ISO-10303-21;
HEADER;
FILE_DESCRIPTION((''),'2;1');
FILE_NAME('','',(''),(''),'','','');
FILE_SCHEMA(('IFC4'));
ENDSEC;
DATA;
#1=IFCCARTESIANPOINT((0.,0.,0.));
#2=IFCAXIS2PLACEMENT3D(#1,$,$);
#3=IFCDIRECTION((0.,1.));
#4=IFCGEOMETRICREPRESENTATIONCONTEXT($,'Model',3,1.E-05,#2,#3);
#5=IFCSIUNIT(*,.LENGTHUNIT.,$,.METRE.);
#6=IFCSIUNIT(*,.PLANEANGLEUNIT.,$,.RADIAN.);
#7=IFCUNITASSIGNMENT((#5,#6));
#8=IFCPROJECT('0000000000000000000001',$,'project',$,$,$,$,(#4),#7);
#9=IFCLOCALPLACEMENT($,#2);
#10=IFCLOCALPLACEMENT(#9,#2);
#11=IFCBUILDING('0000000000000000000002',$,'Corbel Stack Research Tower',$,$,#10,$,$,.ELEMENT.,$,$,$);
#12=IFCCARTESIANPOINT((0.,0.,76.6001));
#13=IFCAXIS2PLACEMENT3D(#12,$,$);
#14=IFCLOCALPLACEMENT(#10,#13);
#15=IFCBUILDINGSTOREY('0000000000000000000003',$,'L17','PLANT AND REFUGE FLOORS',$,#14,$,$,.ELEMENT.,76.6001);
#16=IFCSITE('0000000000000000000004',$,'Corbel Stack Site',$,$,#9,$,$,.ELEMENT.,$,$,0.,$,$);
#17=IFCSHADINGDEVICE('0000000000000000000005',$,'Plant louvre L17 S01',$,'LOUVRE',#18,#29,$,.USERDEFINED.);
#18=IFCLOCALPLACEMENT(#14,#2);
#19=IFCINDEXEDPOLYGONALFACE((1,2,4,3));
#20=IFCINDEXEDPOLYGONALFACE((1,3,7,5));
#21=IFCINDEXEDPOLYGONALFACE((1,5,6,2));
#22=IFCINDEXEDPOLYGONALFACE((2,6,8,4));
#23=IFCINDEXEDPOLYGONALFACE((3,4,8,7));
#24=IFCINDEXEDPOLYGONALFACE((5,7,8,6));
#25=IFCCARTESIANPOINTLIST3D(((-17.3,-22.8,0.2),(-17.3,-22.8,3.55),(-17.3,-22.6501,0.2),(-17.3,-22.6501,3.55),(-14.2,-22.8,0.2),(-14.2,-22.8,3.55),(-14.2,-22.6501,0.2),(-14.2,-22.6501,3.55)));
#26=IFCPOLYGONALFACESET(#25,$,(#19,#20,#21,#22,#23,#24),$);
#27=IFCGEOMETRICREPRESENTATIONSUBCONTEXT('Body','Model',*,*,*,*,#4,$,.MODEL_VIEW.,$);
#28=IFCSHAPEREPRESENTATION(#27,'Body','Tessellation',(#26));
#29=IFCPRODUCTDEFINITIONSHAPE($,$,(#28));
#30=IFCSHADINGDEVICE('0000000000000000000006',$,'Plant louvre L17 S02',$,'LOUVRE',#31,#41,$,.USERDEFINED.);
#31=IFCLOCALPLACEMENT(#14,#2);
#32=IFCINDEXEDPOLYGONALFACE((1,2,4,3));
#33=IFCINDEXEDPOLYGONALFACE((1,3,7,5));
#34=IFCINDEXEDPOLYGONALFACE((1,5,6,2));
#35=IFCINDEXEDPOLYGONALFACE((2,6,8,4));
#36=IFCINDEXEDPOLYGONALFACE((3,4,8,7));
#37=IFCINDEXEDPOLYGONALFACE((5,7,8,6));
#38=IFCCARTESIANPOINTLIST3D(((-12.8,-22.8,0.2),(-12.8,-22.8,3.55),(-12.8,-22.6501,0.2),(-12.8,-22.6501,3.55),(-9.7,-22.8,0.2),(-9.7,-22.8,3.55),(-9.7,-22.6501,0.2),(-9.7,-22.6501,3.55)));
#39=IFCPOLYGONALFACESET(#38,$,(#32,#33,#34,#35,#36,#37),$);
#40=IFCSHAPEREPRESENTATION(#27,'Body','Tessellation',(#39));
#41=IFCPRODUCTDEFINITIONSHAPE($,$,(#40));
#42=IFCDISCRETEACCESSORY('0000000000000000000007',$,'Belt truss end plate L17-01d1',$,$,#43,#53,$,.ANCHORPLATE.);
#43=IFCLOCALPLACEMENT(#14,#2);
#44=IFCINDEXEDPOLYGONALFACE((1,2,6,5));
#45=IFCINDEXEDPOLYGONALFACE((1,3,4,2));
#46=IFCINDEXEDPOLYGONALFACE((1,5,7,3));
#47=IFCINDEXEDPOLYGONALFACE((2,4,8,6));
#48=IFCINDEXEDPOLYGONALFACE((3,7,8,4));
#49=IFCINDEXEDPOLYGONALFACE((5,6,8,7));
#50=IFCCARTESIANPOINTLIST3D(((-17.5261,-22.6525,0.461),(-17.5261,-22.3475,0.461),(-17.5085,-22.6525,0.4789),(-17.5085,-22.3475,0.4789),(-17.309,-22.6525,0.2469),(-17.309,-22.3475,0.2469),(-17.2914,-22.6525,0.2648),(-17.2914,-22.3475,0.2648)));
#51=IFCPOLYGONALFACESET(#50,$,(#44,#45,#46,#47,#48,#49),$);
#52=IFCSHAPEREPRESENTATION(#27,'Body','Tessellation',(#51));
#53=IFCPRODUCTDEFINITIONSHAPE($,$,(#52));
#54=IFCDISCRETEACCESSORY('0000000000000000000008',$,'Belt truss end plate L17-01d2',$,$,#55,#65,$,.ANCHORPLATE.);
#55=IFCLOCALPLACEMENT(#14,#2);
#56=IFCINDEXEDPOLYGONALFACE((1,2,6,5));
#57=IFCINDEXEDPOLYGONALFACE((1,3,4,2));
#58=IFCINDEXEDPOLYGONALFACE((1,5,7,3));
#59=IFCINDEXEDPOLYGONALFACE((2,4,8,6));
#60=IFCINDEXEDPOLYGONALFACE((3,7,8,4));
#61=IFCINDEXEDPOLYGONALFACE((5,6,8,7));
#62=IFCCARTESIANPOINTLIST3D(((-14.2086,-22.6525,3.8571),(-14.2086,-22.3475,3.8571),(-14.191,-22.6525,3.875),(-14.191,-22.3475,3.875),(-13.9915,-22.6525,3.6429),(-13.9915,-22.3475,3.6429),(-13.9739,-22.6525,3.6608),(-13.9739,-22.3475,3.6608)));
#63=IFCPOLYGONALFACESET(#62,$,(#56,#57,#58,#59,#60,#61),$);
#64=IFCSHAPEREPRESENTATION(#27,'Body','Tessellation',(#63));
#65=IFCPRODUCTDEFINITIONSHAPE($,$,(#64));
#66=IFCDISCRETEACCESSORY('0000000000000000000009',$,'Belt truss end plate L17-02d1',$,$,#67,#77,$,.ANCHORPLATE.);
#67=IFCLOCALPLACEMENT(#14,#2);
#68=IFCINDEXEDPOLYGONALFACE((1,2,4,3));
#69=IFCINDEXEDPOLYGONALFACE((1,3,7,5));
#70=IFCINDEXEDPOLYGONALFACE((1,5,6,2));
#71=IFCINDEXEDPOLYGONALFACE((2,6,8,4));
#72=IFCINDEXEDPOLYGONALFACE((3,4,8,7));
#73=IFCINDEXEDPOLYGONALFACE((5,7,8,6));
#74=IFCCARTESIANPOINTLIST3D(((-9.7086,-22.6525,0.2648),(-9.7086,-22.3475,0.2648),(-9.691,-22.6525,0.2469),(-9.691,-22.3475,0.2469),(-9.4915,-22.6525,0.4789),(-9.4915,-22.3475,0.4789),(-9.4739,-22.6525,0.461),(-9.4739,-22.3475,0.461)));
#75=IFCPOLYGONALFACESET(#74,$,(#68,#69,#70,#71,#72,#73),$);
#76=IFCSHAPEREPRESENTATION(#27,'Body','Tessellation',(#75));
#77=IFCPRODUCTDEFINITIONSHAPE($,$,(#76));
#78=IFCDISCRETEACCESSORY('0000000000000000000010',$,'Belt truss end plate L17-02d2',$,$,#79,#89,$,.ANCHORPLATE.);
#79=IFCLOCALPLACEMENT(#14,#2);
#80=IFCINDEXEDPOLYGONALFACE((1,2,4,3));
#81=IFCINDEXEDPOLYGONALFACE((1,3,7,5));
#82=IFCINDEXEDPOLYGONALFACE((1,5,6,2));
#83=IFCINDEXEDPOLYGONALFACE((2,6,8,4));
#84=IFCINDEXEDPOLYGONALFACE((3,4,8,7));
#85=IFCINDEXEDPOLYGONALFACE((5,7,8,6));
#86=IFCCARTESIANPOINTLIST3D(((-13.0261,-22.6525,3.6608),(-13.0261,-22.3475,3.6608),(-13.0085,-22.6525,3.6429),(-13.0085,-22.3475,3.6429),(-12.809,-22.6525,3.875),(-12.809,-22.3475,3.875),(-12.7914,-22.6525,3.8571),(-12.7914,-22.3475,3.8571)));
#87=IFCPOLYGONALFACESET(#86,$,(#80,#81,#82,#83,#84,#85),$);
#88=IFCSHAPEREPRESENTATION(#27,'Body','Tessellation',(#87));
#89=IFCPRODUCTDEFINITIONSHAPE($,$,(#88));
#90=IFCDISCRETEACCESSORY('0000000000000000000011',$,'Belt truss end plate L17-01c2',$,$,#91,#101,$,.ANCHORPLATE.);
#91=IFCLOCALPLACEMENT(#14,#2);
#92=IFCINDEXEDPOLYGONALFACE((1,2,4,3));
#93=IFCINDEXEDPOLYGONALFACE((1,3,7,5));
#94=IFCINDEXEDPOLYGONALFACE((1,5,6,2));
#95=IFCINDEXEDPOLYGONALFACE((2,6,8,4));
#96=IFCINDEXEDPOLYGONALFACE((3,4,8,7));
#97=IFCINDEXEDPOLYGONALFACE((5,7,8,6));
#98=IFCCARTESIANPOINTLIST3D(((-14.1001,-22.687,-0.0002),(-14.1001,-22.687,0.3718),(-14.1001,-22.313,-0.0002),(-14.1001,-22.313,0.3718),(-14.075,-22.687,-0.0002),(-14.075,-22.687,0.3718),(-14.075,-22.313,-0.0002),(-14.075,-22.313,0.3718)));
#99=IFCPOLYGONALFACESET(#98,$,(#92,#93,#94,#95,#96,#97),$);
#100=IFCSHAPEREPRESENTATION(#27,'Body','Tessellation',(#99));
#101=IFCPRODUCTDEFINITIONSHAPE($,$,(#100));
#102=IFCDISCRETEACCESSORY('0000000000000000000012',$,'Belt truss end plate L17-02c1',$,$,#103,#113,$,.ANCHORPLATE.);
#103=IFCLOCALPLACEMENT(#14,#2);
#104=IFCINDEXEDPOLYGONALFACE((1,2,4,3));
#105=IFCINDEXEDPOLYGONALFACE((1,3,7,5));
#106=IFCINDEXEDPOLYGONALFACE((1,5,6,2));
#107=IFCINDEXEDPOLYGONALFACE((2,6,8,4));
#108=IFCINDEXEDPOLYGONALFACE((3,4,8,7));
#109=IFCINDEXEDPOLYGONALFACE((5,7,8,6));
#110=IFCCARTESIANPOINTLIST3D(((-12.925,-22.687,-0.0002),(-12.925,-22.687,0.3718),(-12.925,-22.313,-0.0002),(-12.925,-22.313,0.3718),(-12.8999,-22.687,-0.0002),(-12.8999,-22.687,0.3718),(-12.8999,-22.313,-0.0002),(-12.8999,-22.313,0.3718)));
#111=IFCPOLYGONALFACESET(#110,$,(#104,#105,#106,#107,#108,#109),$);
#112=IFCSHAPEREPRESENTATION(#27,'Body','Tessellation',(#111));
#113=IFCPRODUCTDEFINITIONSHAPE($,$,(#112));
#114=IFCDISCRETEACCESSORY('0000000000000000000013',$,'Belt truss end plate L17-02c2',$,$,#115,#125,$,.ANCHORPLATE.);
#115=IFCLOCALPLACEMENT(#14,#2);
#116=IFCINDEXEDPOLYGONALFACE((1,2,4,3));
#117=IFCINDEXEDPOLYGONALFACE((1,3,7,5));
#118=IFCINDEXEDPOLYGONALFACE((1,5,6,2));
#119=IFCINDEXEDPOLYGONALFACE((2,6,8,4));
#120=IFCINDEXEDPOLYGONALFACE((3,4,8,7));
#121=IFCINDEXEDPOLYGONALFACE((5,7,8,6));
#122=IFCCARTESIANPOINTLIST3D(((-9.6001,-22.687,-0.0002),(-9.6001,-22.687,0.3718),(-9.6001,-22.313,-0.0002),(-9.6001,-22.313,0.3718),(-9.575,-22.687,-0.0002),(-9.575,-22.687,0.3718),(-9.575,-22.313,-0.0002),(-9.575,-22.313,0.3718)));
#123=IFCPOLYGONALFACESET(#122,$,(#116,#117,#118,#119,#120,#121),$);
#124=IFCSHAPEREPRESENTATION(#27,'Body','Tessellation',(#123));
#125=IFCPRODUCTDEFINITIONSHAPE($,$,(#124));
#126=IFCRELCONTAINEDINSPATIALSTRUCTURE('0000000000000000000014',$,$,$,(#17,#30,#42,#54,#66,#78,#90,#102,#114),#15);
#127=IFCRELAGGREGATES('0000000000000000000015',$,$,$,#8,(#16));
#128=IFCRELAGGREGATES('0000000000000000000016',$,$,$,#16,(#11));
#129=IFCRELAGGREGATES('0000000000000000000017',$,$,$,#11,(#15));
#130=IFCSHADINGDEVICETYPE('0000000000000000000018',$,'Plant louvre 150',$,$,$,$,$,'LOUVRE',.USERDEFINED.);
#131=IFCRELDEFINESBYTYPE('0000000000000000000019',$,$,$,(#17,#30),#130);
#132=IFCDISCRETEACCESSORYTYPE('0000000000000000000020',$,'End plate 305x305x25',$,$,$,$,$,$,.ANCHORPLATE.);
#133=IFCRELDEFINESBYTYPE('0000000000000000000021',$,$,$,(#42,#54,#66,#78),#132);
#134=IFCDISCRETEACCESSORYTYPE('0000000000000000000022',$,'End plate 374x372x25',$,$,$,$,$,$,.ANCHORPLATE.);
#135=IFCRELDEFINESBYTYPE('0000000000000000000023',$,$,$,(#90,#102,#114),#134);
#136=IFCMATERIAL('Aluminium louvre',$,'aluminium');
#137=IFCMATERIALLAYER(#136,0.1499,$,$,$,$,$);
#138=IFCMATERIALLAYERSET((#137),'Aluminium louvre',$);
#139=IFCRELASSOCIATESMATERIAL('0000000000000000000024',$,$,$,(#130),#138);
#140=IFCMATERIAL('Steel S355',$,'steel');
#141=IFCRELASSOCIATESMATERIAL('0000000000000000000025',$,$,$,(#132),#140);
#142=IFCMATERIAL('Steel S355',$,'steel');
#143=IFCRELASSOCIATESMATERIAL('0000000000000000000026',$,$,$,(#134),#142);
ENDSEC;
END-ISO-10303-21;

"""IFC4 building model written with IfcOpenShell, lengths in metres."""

from ifc_helpers import new_model, si_unit, direction, frame, origin, origin_2d, place, context, subcontext, project, spatial, rectangle, extrude, material, layer, layer_set, material_profile, profile_set, type_object, element, save


model = new_model("IFC4")

# Units and contexts
model_context = context("Model", 3, precision=1e-05, world=origin(), true_north=direction((0.0, 1.0)))
body_context = subcontext(model_context, "Body", "Model", "MODEL_VIEW")
ifc_project = project(units=[si_unit("LENGTHUNIT", "METRE"), si_unit("PLANEANGLEUNIT", "RADIAN")], contexts=[model_context])

# Site, building, storey
site_placement = place(None, origin())
site = spatial("IfcSite", under=ifc_project, at=site_placement, Name="Corbel Stack Site", CompositionType="ELEMENT", RefElevation=0.0)
building_placement = place(site_placement, origin())
building = spatial("IfcBuilding", under=site, at=building_placement, Name="Corbel Stack Research Tower", CompositionType="ELEMENT")
storey_placement = place(building_placement, frame((0.0, 0.0, 76.6001)))
storey = spatial("IfcBuildingStorey", under=building, at=storey_placement, Name="L17", Description="PLANT AND REFUGE FLOORS", CompositionType="ELEMENT", Elevation=76.6001)

# Shading devices
ifc_material_1 = material(Name="Aluminium louvre", Category="aluminium")
ifc_layer_1 = layer(ifc_material_1, 0.1499)
ifc_layer_set_1 = layer_set([ifc_layer_1], Name="Aluminium louvre")
shading_device_type = type_object("IfcShadingDeviceType", Name="Plant louvre 150", ElementType="LOUVRE", PredefinedType="USERDEFINED", material=ifc_layer_set_1)
for number, where, z_axis, x_axis, name in (
    (1, (-15.75, -22.7251, 0.2), (0.0, 0.0, 1.0), (1.0, 0.0, 0.0), "Plant louvre L17 S01"),
    (2, (-11.25, -22.7251, 0.2), (0.0, 0.0, 1.0), (1.0, 0.0, 0.0), "Plant louvre L17 S02"),
):
    element("IfcShadingDevice", number, at=place(storey_placement, frame(where, z_axis=z_axis, x_axis=x_axis)), inside=storey, type_object=shading_device_type, Name=name, ObjectType="LOUVRE", PredefinedType="USERDEFINED", context=body_context, shape_type="SweptSolid", body=[
        extrude(rectangle(XDim=3.1001, YDim=0.1499, at=origin_2d()), origin(), (0.0, 0.0, 1.0), 3.3501),
    ])

# Discrete accessories
ifc_material_2 = material(Name="Steel S355", Category="steel")
ifc_material_profile_1 = material_profile(ifc_material_2, rectangle(XDim=0.3049, YDim=0.3049, at=origin_2d()), Name="End plate 305x305x25")
ifc_profile_set_1 = profile_set([ifc_material_profile_1], Name="Steel S355")
discrete_accessory_type_1 = type_object("IfcDiscreteAccessoryType", Name="End plate 305x305x25", PredefinedType="ANCHORPLATE", material=ifc_profile_set_1)
for number, where, z_axis, x_axis, name in (
    (3, (-17.3999, -22.5, 0.3718), (-0.702213, 0.0, -0.711966), (0.0, -1.0, 0.0), "Belt truss end plate L17-01d1"),
    (4, (-14.1001, -22.5, 3.75), (0.702213, 0.0, 0.711966), (0.0, 1.0, 0.0), "Belt truss end plate L17-01d2"),
    (5, (-9.6001, -22.5, 0.3718), (0.702213, 0.0, -0.711966), (0.0, 1.0, 0.0), "Belt truss end plate L17-02d1"),
    (6, (-12.8999, -22.5, 3.75), (-0.702213, 0.0, 0.711966), (0.0, -1.0, 0.0), "Belt truss end plate L17-02d2"),
):
    element("IfcDiscreteAccessory", number, at=place(storey_placement, frame(where, z_axis=z_axis, x_axis=x_axis)), inside=storey, type_object=discrete_accessory_type_1, Name=name, PredefinedType="ANCHORPLATE", context=body_context, shape_type="SweptSolid", body=[
        extrude(rectangle(XDim=0.3049, YDim=0.3049, at=origin_2d()), origin(), (0.0, 0.0, 1.0), 0.0251),
    ])
ifc_material_3 = material(Name="Steel S355", Category="steel")
ifc_material_profile_2 = material_profile(ifc_material_3, rectangle(XDim=0.374, YDim=0.3721, at=origin_2d()), Name="End plate 374x372x25")
ifc_profile_set_2 = profile_set([ifc_material_profile_2], Name="Steel S355")
discrete_accessory_type_2 = type_object("IfcDiscreteAccessoryType", Name="End plate 374x372x25", PredefinedType="ANCHORPLATE", material=ifc_profile_set_2)
for number, where, z_axis, x_axis, name in (
    (7, (-14.1001, -22.5, 0.1858), (1.0, 0.0, 0.0), (0.0, 1.0, 0.0), "Belt truss end plate L17-01c2"),
    (8, (-12.8999, -22.5, 0.1858), (-1.0, 0.0, 0.0), (0.0, -1.0, 0.0), "Belt truss end plate L17-02c1"),
    (9, (-9.6001, -22.5, 0.1858), (1.0, 0.0, 0.0), (0.0, 1.0, 0.0), "Belt truss end plate L17-02c2"),
):
    element("IfcDiscreteAccessory", number, at=place(storey_placement, frame(where, z_axis=z_axis, x_axis=x_axis)), inside=storey, type_object=discrete_accessory_type_2, Name=name, PredefinedType="ANCHORPLATE", context=body_context, shape_type="SweptSolid", body=[
        extrude(rectangle(XDim=0.374, YDim=0.3721, at=origin_2d()), origin(), (0.0, 0.0, 1.0), 0.0251),
    ])

save(model, "model.ifc")
